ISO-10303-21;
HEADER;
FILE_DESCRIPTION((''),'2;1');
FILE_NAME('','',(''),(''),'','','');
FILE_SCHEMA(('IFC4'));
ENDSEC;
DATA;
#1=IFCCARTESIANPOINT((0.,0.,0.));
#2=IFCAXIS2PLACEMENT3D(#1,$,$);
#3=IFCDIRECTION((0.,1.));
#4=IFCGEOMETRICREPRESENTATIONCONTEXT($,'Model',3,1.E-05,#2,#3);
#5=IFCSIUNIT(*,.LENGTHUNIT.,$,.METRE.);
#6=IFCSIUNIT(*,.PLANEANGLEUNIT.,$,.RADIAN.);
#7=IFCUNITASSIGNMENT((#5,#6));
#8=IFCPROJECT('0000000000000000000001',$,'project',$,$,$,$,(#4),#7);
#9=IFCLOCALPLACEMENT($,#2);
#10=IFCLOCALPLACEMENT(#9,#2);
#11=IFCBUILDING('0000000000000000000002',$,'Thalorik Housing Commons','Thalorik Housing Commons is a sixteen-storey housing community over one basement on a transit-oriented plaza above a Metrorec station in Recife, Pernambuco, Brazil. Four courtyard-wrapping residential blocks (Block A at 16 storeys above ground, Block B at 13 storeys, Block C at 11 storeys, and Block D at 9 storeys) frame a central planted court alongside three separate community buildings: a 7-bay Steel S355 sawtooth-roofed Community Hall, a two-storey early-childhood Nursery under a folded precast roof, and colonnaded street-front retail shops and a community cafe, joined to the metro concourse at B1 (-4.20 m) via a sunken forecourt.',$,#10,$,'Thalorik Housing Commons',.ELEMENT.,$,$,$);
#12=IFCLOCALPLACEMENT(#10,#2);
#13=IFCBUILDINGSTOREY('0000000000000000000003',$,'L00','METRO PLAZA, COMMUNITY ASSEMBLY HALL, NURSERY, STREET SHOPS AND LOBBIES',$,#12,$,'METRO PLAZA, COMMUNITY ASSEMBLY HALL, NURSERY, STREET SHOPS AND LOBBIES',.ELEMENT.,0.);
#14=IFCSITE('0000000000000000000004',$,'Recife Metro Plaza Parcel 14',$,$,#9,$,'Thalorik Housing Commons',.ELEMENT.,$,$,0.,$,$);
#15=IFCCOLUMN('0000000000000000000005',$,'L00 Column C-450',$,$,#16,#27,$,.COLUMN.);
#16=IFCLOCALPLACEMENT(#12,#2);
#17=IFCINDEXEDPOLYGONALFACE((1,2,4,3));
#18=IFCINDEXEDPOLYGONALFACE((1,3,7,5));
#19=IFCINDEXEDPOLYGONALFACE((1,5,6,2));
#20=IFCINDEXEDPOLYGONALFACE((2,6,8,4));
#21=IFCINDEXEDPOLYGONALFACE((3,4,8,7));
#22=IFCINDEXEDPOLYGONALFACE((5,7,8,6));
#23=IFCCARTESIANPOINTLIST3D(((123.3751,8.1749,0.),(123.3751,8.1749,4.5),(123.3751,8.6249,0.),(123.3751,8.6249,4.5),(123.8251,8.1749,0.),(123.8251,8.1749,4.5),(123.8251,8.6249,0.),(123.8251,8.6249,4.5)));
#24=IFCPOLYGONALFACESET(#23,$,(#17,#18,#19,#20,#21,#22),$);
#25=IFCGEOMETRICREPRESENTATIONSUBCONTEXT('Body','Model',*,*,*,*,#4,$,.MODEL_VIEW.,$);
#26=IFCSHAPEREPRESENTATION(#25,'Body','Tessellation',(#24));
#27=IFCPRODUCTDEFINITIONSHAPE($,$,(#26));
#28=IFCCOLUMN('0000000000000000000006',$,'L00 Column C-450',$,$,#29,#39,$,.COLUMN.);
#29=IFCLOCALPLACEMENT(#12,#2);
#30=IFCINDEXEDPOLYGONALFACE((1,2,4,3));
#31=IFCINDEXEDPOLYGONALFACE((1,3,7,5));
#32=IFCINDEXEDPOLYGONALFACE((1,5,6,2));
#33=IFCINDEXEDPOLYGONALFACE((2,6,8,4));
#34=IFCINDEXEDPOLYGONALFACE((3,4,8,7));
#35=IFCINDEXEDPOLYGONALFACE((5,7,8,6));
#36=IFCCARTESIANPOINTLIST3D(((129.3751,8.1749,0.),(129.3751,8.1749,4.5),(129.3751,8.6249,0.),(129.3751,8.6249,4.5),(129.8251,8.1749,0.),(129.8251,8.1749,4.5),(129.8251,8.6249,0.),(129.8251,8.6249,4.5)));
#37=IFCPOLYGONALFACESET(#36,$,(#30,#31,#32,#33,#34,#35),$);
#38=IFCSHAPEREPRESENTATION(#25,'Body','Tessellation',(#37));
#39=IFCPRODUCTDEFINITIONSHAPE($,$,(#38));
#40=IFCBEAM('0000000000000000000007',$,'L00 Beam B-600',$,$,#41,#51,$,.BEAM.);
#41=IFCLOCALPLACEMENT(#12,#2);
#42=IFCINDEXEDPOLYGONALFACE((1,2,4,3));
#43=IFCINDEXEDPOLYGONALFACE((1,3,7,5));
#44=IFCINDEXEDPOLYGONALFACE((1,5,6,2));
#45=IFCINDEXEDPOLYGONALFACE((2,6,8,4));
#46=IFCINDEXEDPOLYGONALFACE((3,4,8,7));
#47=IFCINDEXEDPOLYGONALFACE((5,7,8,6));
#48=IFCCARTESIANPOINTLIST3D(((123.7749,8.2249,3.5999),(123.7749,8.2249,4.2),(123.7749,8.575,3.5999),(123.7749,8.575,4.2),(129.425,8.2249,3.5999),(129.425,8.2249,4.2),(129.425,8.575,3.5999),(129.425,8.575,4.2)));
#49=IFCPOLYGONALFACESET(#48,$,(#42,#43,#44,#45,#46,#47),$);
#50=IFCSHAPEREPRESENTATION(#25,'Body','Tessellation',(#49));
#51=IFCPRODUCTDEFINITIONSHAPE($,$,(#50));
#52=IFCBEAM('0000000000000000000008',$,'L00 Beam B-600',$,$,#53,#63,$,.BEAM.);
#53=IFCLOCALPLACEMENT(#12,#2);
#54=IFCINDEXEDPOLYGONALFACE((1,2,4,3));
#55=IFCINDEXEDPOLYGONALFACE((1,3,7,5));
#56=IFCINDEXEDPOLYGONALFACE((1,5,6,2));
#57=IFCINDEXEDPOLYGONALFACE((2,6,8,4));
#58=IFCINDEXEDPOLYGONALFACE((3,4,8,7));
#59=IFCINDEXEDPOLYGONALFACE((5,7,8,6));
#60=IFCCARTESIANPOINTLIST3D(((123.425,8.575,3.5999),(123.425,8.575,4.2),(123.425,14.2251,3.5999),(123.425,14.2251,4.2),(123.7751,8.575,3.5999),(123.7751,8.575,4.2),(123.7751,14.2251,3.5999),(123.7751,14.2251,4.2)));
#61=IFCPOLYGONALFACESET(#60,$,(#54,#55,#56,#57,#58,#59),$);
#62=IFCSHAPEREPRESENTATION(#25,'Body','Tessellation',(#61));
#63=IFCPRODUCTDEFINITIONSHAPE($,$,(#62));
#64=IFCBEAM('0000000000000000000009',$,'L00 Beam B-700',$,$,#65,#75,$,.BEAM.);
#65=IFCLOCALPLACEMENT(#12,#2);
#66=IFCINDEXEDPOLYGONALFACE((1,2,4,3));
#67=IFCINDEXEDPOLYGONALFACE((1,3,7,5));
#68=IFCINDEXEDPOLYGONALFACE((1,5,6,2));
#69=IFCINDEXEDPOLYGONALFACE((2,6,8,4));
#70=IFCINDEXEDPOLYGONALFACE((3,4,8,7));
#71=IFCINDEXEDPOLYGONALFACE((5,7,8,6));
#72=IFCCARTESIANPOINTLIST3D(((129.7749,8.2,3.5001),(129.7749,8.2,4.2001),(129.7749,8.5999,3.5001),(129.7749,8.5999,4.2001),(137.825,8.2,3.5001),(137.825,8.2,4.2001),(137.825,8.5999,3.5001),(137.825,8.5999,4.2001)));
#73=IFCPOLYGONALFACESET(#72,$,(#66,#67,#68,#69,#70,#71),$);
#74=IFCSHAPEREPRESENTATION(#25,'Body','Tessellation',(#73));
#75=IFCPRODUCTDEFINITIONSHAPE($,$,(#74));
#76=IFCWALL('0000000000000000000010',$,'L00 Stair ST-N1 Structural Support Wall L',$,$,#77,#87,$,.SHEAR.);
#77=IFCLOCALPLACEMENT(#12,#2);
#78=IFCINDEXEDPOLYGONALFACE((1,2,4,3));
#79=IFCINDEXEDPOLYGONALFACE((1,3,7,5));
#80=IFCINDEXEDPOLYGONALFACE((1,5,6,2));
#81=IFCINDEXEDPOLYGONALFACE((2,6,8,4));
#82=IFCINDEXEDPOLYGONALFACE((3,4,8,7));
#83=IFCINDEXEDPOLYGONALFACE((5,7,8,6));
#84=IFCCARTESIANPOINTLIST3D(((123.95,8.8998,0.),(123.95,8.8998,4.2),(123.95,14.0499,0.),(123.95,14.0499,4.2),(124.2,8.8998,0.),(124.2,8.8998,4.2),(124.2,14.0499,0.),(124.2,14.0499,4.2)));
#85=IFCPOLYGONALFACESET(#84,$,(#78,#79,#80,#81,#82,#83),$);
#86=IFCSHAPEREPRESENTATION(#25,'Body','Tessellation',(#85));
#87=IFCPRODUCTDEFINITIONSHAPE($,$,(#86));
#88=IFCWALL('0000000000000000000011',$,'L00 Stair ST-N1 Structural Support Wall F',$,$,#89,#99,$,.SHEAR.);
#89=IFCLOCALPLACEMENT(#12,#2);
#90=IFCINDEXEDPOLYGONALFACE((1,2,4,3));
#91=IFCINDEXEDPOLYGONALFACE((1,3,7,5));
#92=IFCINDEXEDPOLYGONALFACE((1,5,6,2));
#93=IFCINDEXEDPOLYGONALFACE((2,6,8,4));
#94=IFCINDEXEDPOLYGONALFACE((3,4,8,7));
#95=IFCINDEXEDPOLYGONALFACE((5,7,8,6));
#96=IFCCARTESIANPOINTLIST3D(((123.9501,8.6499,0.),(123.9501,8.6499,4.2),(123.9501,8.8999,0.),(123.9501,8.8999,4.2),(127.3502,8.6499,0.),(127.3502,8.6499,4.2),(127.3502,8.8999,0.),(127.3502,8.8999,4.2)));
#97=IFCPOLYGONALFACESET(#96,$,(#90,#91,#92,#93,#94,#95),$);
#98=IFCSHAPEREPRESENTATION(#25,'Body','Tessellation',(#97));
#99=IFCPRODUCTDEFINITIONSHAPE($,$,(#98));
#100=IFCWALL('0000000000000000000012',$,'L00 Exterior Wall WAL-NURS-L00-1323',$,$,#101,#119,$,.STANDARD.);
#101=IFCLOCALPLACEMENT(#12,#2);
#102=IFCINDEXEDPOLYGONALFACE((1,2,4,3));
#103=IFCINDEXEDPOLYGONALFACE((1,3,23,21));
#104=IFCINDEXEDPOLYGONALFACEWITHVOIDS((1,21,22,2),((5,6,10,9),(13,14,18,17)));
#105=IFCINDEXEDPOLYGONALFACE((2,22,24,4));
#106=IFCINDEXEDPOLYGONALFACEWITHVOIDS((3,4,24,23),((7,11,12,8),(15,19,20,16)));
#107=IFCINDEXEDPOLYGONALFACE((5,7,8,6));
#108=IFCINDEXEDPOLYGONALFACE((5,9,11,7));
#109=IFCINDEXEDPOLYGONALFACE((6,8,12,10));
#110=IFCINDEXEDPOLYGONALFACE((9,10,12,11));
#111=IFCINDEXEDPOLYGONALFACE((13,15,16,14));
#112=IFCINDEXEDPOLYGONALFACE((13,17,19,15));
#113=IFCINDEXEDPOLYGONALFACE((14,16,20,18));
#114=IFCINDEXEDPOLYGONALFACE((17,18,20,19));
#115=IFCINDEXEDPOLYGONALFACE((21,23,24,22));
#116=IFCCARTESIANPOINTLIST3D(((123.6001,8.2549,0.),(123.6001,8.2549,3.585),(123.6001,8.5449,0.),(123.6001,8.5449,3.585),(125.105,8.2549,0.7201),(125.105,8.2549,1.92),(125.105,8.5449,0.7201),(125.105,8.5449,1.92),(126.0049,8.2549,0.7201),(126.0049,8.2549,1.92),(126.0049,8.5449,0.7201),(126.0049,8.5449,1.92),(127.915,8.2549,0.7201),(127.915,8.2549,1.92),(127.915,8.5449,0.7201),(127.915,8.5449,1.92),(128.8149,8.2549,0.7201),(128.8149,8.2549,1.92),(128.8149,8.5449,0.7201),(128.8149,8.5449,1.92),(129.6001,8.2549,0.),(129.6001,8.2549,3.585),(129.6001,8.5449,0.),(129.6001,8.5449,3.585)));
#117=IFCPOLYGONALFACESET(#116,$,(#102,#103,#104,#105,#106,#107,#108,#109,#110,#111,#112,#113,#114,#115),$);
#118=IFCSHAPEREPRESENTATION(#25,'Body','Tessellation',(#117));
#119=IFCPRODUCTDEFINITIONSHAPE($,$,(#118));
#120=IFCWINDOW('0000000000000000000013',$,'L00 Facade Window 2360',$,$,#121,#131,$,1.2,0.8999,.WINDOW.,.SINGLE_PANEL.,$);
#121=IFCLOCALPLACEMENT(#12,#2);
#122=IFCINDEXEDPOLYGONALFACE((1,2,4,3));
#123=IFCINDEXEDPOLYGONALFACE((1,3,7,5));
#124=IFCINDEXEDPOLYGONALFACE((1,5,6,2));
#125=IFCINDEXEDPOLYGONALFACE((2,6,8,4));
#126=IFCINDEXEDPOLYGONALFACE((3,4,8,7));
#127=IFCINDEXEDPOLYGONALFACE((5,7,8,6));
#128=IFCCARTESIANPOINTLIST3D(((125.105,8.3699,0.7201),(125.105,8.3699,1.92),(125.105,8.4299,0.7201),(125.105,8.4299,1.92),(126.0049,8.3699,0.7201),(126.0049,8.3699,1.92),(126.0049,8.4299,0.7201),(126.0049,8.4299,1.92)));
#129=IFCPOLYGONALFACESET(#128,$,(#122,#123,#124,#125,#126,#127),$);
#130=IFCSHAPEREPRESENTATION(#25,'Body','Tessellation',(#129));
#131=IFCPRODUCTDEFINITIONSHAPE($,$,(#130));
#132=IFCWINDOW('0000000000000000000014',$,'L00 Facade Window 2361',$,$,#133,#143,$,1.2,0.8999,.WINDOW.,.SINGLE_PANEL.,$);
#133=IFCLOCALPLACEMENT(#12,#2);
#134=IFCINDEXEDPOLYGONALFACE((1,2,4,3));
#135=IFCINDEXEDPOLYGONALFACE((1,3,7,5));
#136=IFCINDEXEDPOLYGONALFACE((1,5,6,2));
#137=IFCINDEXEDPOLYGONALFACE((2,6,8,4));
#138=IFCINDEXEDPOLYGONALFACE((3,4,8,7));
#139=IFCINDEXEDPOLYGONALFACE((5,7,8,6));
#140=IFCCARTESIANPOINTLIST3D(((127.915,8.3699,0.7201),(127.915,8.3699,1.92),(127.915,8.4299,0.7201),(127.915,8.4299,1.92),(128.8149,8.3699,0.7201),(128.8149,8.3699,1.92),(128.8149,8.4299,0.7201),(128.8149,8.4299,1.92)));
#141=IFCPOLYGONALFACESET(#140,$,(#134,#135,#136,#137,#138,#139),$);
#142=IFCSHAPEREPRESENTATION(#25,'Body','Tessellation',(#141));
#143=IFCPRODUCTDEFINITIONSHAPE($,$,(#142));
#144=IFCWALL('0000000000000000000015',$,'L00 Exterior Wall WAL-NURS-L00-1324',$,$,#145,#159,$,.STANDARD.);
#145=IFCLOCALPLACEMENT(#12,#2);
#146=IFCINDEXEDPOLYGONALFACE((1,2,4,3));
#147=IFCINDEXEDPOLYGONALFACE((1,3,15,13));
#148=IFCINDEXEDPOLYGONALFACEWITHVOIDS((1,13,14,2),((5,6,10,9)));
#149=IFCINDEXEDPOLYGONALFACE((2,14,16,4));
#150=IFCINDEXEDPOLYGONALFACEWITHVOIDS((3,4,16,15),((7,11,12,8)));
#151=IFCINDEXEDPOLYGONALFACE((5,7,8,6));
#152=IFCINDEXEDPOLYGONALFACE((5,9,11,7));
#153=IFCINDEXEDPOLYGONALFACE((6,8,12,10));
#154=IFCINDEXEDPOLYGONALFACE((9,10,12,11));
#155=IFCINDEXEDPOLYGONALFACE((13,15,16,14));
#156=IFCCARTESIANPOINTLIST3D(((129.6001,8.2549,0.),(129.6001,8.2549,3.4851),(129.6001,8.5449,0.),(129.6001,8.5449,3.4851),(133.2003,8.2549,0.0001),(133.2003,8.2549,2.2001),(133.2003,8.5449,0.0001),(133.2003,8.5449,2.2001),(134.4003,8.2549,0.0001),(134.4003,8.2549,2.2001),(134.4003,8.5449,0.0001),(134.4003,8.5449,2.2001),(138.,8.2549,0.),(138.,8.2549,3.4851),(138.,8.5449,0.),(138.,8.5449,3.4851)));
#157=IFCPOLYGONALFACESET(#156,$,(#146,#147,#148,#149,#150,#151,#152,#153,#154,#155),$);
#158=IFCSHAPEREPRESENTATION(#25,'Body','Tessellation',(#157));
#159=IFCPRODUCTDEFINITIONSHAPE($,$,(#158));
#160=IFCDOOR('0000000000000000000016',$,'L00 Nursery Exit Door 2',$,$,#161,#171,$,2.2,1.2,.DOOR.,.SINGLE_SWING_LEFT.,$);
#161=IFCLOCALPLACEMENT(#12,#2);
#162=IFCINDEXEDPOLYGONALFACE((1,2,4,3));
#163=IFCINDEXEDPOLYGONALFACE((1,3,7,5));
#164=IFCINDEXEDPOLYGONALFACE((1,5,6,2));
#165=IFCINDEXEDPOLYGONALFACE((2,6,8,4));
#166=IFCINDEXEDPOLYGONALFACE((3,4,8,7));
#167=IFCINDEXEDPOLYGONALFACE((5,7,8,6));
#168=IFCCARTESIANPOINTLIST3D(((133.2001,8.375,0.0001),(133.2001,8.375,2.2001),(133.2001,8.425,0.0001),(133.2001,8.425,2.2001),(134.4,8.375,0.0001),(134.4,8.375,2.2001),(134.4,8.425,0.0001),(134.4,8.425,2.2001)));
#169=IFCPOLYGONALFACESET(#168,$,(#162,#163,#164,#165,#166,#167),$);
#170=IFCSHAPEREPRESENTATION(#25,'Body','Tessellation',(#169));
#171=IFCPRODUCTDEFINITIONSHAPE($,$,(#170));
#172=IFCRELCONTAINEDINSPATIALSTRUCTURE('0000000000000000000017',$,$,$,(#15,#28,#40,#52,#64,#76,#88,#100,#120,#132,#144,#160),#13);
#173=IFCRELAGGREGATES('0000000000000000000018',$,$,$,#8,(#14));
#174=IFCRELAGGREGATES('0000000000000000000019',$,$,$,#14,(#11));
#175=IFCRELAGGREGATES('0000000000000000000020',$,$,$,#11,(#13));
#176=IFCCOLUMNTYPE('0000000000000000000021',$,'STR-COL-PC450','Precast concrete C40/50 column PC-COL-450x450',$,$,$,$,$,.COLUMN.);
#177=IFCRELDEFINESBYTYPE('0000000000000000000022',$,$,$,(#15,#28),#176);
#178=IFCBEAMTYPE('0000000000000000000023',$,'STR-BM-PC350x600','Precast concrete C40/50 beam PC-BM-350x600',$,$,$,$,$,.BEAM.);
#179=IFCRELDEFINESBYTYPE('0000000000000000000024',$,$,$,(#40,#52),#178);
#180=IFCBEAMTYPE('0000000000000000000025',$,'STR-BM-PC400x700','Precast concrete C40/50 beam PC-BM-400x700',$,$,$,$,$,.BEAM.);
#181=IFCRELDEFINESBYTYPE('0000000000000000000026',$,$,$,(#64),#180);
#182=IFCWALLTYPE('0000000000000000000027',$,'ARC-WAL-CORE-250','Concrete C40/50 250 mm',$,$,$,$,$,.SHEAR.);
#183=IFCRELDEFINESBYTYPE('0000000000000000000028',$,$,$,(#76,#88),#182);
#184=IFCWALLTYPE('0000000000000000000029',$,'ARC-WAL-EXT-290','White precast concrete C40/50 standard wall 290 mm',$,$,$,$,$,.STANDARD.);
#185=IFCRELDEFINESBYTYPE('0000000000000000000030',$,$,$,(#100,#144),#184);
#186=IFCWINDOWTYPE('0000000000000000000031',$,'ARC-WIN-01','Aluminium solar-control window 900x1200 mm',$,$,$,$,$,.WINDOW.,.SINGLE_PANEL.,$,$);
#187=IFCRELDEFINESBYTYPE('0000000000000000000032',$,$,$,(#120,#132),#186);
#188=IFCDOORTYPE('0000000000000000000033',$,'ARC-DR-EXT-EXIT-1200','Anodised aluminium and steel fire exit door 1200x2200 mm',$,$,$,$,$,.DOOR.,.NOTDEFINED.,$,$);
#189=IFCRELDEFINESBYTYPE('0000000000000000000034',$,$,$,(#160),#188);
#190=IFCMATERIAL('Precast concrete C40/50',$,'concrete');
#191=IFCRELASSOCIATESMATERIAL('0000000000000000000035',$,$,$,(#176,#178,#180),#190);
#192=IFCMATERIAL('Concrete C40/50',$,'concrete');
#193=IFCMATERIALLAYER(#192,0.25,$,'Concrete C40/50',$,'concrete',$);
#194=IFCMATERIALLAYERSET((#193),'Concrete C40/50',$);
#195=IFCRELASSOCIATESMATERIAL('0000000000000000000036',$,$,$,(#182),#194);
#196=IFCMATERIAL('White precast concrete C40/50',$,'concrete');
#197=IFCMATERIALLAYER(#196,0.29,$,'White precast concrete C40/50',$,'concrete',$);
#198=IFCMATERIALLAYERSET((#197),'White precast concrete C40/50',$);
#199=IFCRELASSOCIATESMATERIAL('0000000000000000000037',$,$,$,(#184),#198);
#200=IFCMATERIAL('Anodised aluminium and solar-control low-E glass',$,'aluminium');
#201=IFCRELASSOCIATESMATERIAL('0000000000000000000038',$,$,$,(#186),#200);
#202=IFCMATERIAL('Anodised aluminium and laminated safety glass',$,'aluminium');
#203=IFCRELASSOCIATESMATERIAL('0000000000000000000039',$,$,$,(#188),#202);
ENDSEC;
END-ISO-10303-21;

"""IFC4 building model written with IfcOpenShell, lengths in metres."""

from ifc_helpers import new_model, si_unit, direction, frame, frame_2d, origin, origin_2d, place, context, subcontext, project, spatial, rectangle, extrude, material, layer, layer_set, material_profile, profile_set, type_object, element, fill, save


model = new_model("IFC4")

# Units and contexts
model_context = context("Model", 3, precision=1e-05, world=origin(), true_north=direction((0.0, 1.0)))
body_context = subcontext(model_context, "Body", "Model", "MODEL_VIEW")
ifc_project = project(units=[si_unit("LENGTHUNIT", "METRE"), si_unit("PLANEANGLEUNIT", "RADIAN")], contexts=[model_context])

# Site, building, storey
site_placement = place(None, origin())
site = spatial("IfcSite", under=ifc_project, at=site_placement, Name="Recife Metro Plaza Parcel 14", LongName="Thalorik Housing Commons", CompositionType="ELEMENT", RefElevation=0.0)
building_placement = place(site_placement, origin())
building = spatial("IfcBuilding", under=site, at=building_placement, Name="Thalorik Housing Commons", Description="Thalorik Housing Commons is a sixteen-storey housing community over one basement on a transit-oriented plaza above a Metrorec station in Recife, Pernambuco, Brazil. Four courtyard-wrapping residential blocks (Block A at 16 storeys above ground, Block B at 13 storeys, Block C at 11 storeys, and Block D at 9 storeys) frame a central planted court alongside three separate community buildings: a 7-bay Steel S355 sawtooth-roofed Community Hall, a two-storey early-childhood Nursery under a folded precast roof, and colonnaded street-front retail shops and a community cafe, joined to the metro concourse at B1 (-4.20 m) via a sunken forecourt.", LongName="Thalorik Housing Commons", CompositionType="ELEMENT")
storey_placement = place(building_placement, origin())
storey = spatial("IfcBuildingStorey", under=building, at=storey_placement, Name="L00", Description="METRO PLAZA, COMMUNITY ASSEMBLY HALL, NURSERY, STREET SHOPS AND LOBBIES", LongName="METRO PLAZA, COMMUNITY ASSEMBLY HALL, NURSERY, STREET SHOPS AND LOBBIES", CompositionType="ELEMENT", Elevation=0.0)

# Columns
ifc_material_1 = material(Name="Precast concrete C40/50", Category="concrete")
ifc_material_profile_1 = material_profile(ifc_material_1, rectangle(XDim=0.45, YDim=0.45, at=origin_2d()), Name="PC 450x450", Category="concrete")
ifc_profile_set_1 = profile_set([ifc_material_profile_1], Name="Precast concrete C40/50")
column_type = type_object("IfcColumnType", Name="STR-COL-PC450", Description="Precast concrete C40/50 column PC-COL-450x450", PredefinedType="COLUMN", material=ifc_profile_set_1)
for number, where, z_axis, x_axis, name in (
    (1, (123.6001, 8.3999, 0.0), (0.0, 0.0, 1.0), (1.0, 0.0, 0.0), "L00 Column C-450"),
    (2, (129.6001, 8.3999, 0.0), (0.0, 0.0, 1.0), (1.0, 0.0, 0.0), "L00 Column C-450"),
):
    element("IfcColumn", number, at=place(storey_placement, frame(where, z_axis=z_axis, x_axis=x_axis)), inside=storey, type_object=column_type, Name=name, PredefinedType="COLUMN", context=body_context, shape_type="SweptSolid", body=[
        extrude(rectangle(XDim=0.45, YDim=0.45, at=origin_2d()), origin(), (0.0, 0.0, 1.0), 4.5),
    ])

# Beams
ifc_material_profile_2 = material_profile(ifc_material_1, rectangle(XDim=0.3501, YDim=0.6001, at=origin_2d()), Name="PC 350x600", Category="concrete")
ifc_profile_set_2 = profile_set([ifc_material_profile_2], Name="Precast concrete C40/50")
beam_type_1 = type_object("IfcBeamType", Name="STR-BM-PC350x600", Description="Precast concrete C40/50 beam PC-BM-350x600", PredefinedType="BEAM", material=ifc_profile_set_2)
for number, where, z_axis, x_axis, name in (
    (3, (123.7749, 8.3999, 3.8999), (1.0, 0.0, 0.0), (0.0, 1.0, 0.0), "L00 Beam B-600"),
    (4, (123.6001, 8.575, 3.8999), (0.0, 1.0, 0.0), (-1.0, 0.0, 0.0), "L00 Beam B-600"),
):
    element("IfcBeam", number, at=place(storey_placement, frame(where, z_axis=z_axis, x_axis=x_axis)), inside=storey, type_object=beam_type_1, Name=name, PredefinedType="BEAM", context=body_context, shape_type="SweptSolid", body=[
        extrude(rectangle(XDim=0.3501, YDim=0.6001, at=origin_2d()), origin(), (0.0, 0.0, 1.0), 5.6501),
    ])
ifc_material_profile_3 = material_profile(ifc_material_1, rectangle(XDim=0.3999, YDim=0.7, at=origin_2d()), Name="PC 400x700", Category="concrete")
ifc_profile_set_3 = profile_set([ifc_material_profile_3], Name="Precast concrete C40/50")
beam_type_2 = type_object("IfcBeamType", Name="STR-BM-PC400x700", Description="Precast concrete C40/50 beam PC-BM-400x700", PredefinedType="BEAM", material=ifc_profile_set_3)
beam_placement = place(storey_placement, frame((129.7749, 8.3999, 3.8501), z_axis=(1.0, 0.0, 0.0), x_axis=(0.0, 1.0, 0.0)))
element("IfcBeam", 5, at=beam_placement, inside=storey, type_object=beam_type_2, Name="L00 Beam B-700", PredefinedType="BEAM", context=body_context, shape_type="SweptSolid", body=[
    extrude(rectangle(XDim=0.3999, YDim=0.7, at=origin_2d()), origin(), (0.0, 0.0, 1.0), 8.05),
])

# Walls
ifc_material_2 = material(Name="Concrete C40/50", Category="concrete")
ifc_layer_1 = layer(ifc_material_2, 0.25, Name="Concrete C40/50", Category="concrete")
ifc_layer_set_1 = layer_set([ifc_layer_1], Name="Concrete C40/50")
wall_type_1 = type_object("IfcWallType", Name="ARC-WAL-CORE-250", Description="Concrete C40/50 250 mm", PredefinedType="SHEAR", material=ifc_layer_set_1)
wall_1_placement = place(storey_placement, frame((124.075, 14.05, 0.0), z_axis=(0.0, 0.0, 1.0), x_axis=(0.0, -1.0, 0.0)))
element("IfcWall", 6, at=wall_1_placement, inside=storey, type_object=wall_type_1, Name="L00 Stair ST-N1 Structural Support Wall L", PredefinedType="SHEAR", context=body_context, shape_type="SweptSolid", body=[
    extrude(rectangle(XDim=5.1501, YDim=0.25, at=frame_2d((2.5752, 0.0))), origin(), (0.0, 0.0, 1.0), 4.2),
])
wall_2_placement = place(storey_placement, frame((123.95, 8.7749, 0.0), z_axis=(0.0, 0.0, 1.0), x_axis=(1.0, 0.0, 0.0)))
element("IfcWall", 7, at=wall_2_placement, inside=storey, type_object=wall_type_1, Name="L00 Stair ST-N1 Structural Support Wall F", PredefinedType="SHEAR", context=body_context, shape_type="SweptSolid", body=[
    extrude(rectangle(XDim=3.4001, YDim=0.25, at=frame_2d((1.7002, 0.0))), origin(), (0.0, 0.0, 1.0), 4.2),
])

# Wall, openings, windows
ifc_material_3 = material(Name="White precast concrete C40/50", Category="concrete")
ifc_layer_2 = layer(ifc_material_3, 0.29, Name="White precast concrete C40/50", Category="concrete")
ifc_layer_set_2 = layer_set([ifc_layer_2], Name="White precast concrete C40/50")
wall_type_2 = type_object("IfcWallType", Name="ARC-WAL-EXT-290", Description="White precast concrete C40/50 standard wall 290 mm", PredefinedType="STANDARD", material=ifc_layer_set_2)
wall_3_placement = place(storey_placement, frame((123.6001, 8.3999, 0.0), z_axis=(0.0, 0.0, 1.0), x_axis=(1.0, 0.0, 0.0)))
wall_3 = element("IfcWall", 8, at=wall_3_placement, inside=storey, type_object=wall_type_2, Name="L00 Exterior Wall WAL-NURS-L00-1323", PredefinedType="STANDARD", context=body_context, shape_type="SweptSolid", body=[
    extrude(rectangle(XDim=6.0, YDim=0.29, at=frame_2d((3.0, 0.0))), origin(), (0.0, 0.0, 1.0), 3.585),
])
opening_1_placement = place(wall_3_placement, frame((1.5049, 0.0, 0.72)))
opening_1 = element("IfcOpeningElement", 9, at=opening_1_placement, cuts=wall_3, PredefinedType="OPENING", context=body_context, shape_type="SweptSolid", body=[
    extrude(rectangle(XDim=0.8999, YDim=1.2, at=frame_2d((0.45, 0.6001))), frame((0.0, 0.155, 0.0), z_axis=(0.0, -1.0, 0.0), x_axis=(1.0, 0.0, 0.0)), (0.0, 0.0, 1.0), 0.3101),
])
opening_2_placement = place(wall_3_placement, frame((4.3149, 0.0, 0.72)))
opening_2 = element("IfcOpeningElement", 10, at=opening_2_placement, cuts=wall_3, PredefinedType="OPENING", context=body_context, shape_type="SweptSolid", body=[
    extrude(rectangle(XDim=0.8999, YDim=1.2, at=frame_2d((0.45, 0.6001))), frame((0.0, 0.155, 0.0), z_axis=(0.0, -1.0, 0.0), x_axis=(1.0, 0.0, 0.0)), (0.0, 0.0, 1.0), 0.3101),
])
ifc_material_4 = material(Name="Anodised aluminium and solar-control low-E glass", Category="aluminium")
window_type = type_object("IfcWindowType", Name="ARC-WIN-01", Description="Aluminium solar-control window 900x1200 mm", PartitioningType="SINGLE_PANEL", PredefinedType="WINDOW", material=ifc_material_4)
window_1_placement = place(opening_1_placement, origin())
window_1 = element("IfcWindow", 11, at=window_1_placement, inside=storey, type_object=window_type, Name="L00 Facade Window 2360", OverallHeight=1.2, OverallWidth=0.8999, PartitioningType="SINGLE_PANEL", PredefinedType="WINDOW", context=body_context, shape_type="SweptSolid", body=[
    extrude(rectangle(XDim=0.8999, YDim=1.2, at=frame_2d((0.45, 0.6001))), frame((0.0, 0.03, 0.0), z_axis=(0.0, -1.0, 0.0), x_axis=(1.0, 0.0, 0.0)), (0.0, 0.0, 1.0), 0.0601),
])
fill(opening_1, window_1)
window_2_placement = place(opening_2_placement, origin())
window_2 = element("IfcWindow", 12, at=window_2_placement, inside=storey, type_object=window_type, Name="L00 Facade Window 2361", OverallHeight=1.2, OverallWidth=0.8999, PartitioningType="SINGLE_PANEL", PredefinedType="WINDOW", context=body_context, shape_type="SweptSolid", body=[
    extrude(rectangle(XDim=0.8999, YDim=1.2, at=frame_2d((0.45, 0.6001))), frame((0.0, 0.03, 0.0), z_axis=(0.0, -1.0, 0.0), x_axis=(1.0, 0.0, 0.0)), (0.0, 0.0, 1.0), 0.0601),
])
fill(opening_2, window_2)

# Wall, opening, door
wall_4_placement = place(storey_placement, frame((129.6001, 8.3999, 0.0), z_axis=(0.0, 0.0, 1.0), x_axis=(1.0, 0.0, 0.0)))
wall_4 = element("IfcWall", 13, at=wall_4_placement, inside=storey, type_object=wall_type_2, Name="L00 Exterior Wall WAL-NURS-L00-1324", PredefinedType="STANDARD", context=body_context, shape_type="SweptSolid", body=[
    extrude(rectangle(XDim=8.3999, YDim=0.29, at=frame_2d((4.2, 0.0))), origin(), (0.0, 0.0, 1.0), 3.4851),
])
opening_3_placement = place(wall_4_placement, frame((3.6001, 0.0, 0.0)))
opening_3 = element("IfcOpeningElement", 14, at=opening_3_placement, cuts=wall_4, PredefinedType="OPENING", context=body_context, shape_type="SweptSolid", body=[
    extrude(rectangle(XDim=1.2, YDim=2.2, at=frame_2d((0.6001, 1.1001))), frame((0.0, 0.155, 0.0), z_axis=(0.0, -1.0, 0.0), x_axis=(1.0, 0.0, 0.0)), (0.0, 0.0, 1.0), 0.3101),
])
ifc_material_5 = material(Name="Anodised aluminium and laminated safety glass", Category="aluminium")
door_type_1 = type_object("IfcDoorType", Name="ARC-DR-EXT-EXIT-1200", Description="Anodised aluminium and steel fire exit door 1200x2200 mm", OperationType="NOTDEFINED", PredefinedType="DOOR", material=ifc_material_5)
door_1_placement = place(opening_3_placement, frame((1.2, 0.0, 0.0), z_axis=(0.0, 0.0, 1.0), x_axis=(-1.0, 0.0, 0.0)))
door_1 = element("IfcDoor", 15, at=door_1_placement, inside=storey, type_object=door_type_1, Name="L00 Nursery Exit Door 2", OperationType="SINGLE_SWING_LEFT", OverallHeight=2.2, OverallWidth=1.2, PredefinedType="DOOR", context=body_context, shape_type="SweptSolid", body=[
    extrude(rectangle(XDim=1.2, YDim=2.2, at=frame_2d((0.6001, 1.1001))), frame((0.0, 0.0249, 0.0), z_axis=(0.0, -1.0, 0.0), x_axis=(1.0, 0.0, 0.0)), (0.0, 0.0, 1.0), 0.05),
])
fill(opening_3, door_1)

save(model, "model.ifc")
